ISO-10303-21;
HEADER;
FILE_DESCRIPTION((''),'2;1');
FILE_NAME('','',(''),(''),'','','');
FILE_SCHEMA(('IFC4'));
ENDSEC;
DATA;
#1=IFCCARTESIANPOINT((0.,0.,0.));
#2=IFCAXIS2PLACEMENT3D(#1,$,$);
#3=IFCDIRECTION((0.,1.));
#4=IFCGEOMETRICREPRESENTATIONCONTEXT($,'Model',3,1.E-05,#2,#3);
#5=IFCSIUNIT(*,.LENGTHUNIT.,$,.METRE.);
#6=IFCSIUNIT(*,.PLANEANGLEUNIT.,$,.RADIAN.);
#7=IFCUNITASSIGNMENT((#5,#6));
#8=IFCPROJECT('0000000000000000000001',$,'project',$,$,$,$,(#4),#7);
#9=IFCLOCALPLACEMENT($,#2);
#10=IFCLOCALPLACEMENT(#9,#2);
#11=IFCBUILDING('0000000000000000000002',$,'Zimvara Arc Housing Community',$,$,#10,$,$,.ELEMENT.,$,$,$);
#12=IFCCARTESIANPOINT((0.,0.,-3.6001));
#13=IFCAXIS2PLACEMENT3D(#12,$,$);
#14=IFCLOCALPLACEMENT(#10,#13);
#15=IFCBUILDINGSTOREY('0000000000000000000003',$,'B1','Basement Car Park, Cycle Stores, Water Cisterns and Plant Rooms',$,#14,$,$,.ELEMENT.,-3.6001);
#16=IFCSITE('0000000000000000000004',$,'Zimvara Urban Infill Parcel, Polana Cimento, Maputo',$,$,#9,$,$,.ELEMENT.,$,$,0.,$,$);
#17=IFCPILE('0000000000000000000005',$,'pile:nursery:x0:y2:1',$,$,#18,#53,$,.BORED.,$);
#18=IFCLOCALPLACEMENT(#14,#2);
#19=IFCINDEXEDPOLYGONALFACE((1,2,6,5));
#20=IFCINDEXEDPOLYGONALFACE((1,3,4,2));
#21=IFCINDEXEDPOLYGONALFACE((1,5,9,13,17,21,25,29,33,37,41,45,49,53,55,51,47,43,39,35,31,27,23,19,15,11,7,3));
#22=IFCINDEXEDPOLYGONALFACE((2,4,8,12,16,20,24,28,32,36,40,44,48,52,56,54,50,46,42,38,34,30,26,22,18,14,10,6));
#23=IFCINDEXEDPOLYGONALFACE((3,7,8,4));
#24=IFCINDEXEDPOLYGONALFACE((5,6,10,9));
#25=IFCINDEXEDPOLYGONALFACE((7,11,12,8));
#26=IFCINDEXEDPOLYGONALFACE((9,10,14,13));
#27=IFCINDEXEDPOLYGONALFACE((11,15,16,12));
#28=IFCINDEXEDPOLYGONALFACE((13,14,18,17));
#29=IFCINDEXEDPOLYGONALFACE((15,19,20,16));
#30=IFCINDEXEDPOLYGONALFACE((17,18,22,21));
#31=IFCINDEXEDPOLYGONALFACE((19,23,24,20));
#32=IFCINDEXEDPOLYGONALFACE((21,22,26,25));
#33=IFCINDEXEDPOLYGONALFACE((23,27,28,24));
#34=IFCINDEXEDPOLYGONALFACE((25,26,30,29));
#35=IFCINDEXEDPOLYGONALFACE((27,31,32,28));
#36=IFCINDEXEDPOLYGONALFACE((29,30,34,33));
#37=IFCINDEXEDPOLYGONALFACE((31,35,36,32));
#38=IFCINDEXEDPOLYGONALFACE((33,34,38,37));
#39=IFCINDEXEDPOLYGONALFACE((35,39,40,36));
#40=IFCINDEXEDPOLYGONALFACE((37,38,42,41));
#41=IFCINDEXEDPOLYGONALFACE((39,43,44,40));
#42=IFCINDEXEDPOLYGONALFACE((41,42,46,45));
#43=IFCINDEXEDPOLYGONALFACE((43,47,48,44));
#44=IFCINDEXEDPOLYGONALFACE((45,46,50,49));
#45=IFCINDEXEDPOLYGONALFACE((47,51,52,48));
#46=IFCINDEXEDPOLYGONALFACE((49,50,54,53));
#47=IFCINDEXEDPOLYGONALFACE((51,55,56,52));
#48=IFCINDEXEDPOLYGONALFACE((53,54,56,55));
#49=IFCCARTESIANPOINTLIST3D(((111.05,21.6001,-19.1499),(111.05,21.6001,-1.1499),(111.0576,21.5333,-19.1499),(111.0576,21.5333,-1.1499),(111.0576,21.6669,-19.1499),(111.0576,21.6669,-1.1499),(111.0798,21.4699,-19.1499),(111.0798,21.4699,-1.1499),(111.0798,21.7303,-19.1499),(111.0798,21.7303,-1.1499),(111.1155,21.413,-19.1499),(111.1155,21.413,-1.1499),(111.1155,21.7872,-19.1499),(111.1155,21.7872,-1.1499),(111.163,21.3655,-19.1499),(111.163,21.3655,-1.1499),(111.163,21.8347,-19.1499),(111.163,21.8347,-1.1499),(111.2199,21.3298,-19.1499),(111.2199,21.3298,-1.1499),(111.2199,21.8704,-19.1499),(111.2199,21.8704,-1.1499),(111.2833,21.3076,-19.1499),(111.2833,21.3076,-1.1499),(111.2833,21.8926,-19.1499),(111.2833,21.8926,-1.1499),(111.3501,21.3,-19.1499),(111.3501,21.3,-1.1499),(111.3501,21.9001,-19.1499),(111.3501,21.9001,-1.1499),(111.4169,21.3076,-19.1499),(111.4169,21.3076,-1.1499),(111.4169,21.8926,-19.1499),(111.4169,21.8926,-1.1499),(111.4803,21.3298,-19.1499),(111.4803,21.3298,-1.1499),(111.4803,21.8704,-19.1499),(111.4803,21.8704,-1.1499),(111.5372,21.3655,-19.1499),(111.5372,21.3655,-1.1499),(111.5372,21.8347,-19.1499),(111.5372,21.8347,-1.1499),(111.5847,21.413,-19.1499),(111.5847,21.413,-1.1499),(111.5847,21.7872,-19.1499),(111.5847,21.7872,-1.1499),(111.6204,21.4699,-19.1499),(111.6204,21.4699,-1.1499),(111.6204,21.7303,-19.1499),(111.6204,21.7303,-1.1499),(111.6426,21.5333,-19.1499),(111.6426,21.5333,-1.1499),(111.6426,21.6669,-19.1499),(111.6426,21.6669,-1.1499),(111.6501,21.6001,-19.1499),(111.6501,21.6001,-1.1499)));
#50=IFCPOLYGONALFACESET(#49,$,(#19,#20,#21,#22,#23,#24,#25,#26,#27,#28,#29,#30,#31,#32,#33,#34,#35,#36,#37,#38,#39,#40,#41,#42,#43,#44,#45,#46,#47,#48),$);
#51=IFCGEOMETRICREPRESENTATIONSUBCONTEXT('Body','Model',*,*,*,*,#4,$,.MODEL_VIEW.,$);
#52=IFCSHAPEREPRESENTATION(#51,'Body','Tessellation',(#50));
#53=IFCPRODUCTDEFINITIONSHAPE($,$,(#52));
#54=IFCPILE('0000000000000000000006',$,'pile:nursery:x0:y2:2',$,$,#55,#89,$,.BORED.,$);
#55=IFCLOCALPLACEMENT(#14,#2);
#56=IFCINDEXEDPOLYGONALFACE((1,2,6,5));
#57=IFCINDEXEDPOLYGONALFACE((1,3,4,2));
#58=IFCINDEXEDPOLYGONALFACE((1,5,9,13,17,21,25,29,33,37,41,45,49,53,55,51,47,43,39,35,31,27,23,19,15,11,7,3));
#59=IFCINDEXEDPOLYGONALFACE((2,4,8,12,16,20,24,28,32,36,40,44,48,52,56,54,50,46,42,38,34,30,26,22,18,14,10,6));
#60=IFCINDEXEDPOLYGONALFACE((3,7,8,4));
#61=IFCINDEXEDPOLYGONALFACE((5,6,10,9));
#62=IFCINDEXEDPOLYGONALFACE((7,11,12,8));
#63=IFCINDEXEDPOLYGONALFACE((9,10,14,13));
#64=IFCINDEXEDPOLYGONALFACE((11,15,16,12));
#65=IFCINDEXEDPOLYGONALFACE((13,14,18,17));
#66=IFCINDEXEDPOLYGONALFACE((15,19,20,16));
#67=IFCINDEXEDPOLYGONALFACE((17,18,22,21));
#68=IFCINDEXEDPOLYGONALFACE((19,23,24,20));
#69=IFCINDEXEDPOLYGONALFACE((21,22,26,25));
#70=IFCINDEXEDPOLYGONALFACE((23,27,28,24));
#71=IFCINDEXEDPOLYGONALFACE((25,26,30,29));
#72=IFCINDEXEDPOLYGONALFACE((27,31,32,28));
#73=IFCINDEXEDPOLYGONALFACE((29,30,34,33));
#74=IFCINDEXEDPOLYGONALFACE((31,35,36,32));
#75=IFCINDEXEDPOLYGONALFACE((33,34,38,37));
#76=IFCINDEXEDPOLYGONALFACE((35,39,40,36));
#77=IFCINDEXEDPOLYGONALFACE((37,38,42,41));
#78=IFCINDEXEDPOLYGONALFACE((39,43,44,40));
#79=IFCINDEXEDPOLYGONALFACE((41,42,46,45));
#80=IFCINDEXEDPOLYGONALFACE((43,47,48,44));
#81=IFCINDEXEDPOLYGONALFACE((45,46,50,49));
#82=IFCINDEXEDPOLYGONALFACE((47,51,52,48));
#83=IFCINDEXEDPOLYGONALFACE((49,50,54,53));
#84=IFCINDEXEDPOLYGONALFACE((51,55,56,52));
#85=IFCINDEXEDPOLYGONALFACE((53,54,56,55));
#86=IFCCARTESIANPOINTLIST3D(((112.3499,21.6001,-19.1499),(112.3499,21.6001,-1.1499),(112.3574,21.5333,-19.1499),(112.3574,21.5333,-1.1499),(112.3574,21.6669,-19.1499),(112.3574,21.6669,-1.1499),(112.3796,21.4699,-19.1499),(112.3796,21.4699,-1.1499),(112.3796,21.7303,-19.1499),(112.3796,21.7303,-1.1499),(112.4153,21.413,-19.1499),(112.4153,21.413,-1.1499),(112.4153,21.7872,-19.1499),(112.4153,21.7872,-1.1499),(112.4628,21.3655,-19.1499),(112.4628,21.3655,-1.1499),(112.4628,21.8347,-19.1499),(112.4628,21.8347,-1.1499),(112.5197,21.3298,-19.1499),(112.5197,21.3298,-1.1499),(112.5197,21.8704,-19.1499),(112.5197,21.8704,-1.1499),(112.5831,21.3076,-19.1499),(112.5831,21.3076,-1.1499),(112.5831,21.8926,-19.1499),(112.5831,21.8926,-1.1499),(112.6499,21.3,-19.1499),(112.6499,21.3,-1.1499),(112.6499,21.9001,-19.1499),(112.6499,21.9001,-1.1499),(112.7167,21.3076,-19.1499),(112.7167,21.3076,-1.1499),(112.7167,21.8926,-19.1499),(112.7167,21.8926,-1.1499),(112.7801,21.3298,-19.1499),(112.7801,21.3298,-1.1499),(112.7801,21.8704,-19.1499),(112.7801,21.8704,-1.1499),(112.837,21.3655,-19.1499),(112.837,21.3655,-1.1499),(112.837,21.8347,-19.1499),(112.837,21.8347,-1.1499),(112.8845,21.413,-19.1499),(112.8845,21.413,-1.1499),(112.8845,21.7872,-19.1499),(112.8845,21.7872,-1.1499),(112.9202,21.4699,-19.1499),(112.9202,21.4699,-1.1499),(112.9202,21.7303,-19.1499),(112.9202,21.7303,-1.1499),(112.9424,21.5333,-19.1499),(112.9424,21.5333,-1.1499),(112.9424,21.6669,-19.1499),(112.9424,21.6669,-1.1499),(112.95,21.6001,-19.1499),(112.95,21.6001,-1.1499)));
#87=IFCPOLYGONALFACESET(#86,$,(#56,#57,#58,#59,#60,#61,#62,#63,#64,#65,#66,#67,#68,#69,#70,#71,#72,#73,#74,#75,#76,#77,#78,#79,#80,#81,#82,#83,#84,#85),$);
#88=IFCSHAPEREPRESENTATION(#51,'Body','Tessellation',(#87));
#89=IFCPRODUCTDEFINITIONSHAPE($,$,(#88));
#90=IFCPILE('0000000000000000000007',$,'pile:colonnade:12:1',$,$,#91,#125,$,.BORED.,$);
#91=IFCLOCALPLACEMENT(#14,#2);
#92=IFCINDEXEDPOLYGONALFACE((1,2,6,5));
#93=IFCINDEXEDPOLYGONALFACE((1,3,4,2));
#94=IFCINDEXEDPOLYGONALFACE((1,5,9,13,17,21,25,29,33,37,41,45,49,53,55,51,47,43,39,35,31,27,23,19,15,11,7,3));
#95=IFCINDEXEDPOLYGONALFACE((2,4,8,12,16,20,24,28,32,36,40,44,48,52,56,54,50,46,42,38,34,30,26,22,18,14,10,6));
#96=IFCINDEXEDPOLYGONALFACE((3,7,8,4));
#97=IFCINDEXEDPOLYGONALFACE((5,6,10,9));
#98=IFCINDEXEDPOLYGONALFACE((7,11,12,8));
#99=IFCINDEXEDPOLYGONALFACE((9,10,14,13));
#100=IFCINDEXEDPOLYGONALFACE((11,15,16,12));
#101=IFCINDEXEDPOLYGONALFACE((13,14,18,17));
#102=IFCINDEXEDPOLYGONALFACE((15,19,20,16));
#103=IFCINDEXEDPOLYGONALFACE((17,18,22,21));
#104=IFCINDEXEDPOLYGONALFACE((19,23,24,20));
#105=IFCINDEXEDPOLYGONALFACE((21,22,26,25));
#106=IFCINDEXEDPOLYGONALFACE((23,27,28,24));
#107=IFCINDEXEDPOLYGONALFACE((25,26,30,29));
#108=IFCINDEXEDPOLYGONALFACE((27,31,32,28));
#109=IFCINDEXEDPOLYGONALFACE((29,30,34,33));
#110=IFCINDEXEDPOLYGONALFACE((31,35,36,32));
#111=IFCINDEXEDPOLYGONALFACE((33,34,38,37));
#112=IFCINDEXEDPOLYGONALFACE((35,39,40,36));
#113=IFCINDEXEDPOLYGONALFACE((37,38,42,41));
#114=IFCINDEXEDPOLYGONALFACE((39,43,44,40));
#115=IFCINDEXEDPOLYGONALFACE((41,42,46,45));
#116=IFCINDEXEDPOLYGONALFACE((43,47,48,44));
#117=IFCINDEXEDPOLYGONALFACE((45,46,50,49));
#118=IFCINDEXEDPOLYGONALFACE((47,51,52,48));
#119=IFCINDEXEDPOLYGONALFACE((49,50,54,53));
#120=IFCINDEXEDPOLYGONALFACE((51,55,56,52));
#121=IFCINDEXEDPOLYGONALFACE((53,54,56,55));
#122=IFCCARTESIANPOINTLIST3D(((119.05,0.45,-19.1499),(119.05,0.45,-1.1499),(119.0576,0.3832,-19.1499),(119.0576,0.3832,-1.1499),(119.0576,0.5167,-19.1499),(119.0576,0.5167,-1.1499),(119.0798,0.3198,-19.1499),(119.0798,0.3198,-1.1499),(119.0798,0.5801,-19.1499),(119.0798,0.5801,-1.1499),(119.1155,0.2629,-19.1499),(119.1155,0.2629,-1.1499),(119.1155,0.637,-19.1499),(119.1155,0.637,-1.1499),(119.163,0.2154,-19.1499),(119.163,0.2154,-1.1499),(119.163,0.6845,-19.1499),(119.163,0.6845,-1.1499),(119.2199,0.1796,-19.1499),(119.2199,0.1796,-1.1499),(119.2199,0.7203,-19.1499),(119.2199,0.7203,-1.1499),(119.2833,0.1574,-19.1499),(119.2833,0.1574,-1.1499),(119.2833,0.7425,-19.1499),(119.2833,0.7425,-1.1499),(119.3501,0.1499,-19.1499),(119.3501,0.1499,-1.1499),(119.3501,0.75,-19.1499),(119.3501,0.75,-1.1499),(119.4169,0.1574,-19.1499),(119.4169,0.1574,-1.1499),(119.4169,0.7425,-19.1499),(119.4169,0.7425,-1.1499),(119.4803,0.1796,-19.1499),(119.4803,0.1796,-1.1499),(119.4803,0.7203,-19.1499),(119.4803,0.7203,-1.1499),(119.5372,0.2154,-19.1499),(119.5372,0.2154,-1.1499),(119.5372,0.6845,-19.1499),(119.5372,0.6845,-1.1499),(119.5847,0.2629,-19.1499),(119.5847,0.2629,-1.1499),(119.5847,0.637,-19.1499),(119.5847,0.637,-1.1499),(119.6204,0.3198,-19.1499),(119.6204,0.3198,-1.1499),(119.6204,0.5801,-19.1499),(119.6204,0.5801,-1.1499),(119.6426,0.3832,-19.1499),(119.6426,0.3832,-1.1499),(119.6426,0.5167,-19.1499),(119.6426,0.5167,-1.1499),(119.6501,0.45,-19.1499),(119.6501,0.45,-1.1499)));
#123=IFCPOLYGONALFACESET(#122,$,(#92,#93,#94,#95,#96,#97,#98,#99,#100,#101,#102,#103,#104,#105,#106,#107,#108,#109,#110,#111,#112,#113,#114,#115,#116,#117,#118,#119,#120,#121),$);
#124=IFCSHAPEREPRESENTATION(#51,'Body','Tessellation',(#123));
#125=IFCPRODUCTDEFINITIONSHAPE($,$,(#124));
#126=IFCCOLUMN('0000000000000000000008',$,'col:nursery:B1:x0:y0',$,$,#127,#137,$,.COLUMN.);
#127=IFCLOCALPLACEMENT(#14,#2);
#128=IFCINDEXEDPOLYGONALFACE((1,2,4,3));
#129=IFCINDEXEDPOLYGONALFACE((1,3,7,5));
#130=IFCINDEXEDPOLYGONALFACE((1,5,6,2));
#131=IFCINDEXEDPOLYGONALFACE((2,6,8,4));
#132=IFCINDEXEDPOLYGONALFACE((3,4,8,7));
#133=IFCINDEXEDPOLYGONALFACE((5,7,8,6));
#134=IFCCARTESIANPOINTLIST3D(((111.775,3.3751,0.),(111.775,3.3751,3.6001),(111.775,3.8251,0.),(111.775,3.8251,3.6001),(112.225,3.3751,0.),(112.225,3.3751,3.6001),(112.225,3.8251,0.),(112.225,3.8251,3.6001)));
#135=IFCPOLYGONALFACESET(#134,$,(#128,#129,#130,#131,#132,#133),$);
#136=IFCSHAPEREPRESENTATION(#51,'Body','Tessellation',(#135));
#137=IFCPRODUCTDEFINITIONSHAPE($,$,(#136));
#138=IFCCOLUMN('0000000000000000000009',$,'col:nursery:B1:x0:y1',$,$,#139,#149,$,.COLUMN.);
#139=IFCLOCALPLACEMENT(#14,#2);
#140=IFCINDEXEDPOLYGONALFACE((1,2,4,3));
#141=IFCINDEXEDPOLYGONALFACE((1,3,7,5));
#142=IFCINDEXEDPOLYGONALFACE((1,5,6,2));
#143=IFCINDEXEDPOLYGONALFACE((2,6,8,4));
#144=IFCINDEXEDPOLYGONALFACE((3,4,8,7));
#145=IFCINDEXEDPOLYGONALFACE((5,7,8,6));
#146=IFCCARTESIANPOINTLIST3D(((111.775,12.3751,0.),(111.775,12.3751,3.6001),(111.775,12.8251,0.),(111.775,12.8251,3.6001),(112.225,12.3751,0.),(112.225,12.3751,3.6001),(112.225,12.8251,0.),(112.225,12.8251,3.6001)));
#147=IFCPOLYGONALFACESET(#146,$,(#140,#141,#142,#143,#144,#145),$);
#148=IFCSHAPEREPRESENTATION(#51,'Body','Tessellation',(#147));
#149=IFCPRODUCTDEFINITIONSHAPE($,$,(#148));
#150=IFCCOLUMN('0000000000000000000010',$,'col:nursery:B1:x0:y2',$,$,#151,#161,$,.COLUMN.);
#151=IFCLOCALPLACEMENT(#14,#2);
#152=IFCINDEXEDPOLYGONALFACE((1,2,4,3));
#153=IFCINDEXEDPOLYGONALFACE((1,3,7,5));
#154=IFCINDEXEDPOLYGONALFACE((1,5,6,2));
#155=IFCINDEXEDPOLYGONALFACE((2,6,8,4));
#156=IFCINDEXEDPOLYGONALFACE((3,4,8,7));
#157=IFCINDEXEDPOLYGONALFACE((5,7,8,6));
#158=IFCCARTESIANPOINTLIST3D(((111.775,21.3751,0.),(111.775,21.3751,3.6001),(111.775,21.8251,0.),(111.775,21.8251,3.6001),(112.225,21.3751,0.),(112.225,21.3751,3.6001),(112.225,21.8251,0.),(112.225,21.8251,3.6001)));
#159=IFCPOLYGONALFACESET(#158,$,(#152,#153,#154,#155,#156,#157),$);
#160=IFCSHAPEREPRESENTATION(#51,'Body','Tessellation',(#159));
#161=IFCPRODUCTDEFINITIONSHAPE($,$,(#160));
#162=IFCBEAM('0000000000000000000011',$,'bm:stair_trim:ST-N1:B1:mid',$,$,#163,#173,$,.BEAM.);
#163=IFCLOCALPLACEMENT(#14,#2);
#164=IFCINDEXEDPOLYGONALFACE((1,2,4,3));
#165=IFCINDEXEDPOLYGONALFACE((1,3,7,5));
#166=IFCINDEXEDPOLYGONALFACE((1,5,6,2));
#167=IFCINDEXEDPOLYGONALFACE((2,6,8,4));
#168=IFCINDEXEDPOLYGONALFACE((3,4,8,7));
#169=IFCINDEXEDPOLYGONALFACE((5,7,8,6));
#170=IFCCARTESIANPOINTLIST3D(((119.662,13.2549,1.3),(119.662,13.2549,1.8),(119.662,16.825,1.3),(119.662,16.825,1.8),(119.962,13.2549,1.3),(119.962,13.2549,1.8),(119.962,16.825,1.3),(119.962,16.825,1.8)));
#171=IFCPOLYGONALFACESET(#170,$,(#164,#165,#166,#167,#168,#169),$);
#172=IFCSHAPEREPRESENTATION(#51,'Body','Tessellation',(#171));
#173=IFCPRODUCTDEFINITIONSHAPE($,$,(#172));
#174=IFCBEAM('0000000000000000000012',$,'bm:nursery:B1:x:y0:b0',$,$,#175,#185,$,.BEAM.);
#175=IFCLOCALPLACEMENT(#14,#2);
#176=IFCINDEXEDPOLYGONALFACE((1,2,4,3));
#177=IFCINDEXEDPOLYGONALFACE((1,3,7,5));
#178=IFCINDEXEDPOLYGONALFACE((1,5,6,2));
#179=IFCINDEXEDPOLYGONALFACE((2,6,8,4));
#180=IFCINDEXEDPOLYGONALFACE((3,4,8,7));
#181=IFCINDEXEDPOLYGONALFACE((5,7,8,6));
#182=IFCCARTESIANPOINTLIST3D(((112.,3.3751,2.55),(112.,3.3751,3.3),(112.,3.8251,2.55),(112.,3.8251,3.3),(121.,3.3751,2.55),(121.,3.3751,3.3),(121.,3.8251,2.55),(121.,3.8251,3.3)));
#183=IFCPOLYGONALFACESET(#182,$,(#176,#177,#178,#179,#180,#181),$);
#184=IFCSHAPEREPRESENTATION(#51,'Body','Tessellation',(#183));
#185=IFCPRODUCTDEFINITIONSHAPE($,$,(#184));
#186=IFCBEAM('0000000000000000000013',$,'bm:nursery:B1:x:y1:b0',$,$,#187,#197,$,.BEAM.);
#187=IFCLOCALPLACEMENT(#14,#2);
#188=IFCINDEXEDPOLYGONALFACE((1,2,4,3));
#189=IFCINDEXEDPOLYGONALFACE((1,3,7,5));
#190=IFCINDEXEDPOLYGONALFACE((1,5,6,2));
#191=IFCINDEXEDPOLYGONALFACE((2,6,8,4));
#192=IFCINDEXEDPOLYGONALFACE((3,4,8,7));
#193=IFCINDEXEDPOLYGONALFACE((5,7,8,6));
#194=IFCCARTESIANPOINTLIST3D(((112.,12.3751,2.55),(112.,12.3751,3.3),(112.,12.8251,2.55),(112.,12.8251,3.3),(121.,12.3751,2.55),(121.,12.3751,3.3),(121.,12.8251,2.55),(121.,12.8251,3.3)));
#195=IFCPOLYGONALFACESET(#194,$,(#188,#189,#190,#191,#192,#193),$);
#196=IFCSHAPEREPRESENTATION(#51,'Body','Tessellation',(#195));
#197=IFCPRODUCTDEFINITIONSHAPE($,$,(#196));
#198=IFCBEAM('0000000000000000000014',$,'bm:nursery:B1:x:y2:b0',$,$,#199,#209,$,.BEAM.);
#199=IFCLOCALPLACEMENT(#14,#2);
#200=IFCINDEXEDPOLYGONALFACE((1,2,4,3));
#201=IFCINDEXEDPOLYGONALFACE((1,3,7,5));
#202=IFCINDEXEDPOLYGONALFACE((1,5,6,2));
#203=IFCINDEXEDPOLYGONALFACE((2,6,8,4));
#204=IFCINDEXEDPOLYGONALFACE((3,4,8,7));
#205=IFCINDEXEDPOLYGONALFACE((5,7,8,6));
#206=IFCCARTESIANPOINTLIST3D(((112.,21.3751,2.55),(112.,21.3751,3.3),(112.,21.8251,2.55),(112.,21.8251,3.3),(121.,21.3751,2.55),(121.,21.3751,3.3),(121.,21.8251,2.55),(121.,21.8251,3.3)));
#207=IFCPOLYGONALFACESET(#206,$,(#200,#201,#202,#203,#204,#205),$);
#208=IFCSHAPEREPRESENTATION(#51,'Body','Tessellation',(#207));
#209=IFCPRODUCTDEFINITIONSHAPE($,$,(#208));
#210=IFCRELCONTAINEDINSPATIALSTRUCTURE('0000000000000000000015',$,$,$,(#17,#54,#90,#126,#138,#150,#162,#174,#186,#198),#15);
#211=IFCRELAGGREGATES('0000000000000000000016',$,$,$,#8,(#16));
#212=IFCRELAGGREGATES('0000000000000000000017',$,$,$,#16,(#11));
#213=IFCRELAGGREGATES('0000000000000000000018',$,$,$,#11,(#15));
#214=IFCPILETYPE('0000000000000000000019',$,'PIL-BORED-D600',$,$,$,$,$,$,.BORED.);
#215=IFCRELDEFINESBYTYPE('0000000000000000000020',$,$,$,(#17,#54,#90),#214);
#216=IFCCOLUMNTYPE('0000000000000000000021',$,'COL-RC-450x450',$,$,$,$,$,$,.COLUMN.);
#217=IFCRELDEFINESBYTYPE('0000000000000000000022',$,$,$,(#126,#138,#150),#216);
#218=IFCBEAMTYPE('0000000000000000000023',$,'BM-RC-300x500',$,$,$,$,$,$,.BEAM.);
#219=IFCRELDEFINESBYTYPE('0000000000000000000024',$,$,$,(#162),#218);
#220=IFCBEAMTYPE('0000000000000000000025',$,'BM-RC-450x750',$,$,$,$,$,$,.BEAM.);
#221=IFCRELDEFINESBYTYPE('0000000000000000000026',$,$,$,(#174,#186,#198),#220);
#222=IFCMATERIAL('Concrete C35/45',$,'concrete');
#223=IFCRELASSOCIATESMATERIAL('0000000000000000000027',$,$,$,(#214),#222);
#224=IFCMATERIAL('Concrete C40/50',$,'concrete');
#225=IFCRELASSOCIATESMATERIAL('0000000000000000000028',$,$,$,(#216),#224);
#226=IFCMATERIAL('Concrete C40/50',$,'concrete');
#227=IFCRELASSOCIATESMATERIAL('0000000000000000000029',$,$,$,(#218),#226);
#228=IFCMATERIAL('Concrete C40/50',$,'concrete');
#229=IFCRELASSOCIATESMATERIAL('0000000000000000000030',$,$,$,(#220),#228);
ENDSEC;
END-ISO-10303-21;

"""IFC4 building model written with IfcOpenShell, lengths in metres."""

from ifc_helpers import new_model, si_unit, direction, frame, origin, origin_2d, place, context, subcontext, project, spatial, rectangle, circle, extrude, material, material_profile, profile_set, type_object, element, save


model = new_model("IFC4")

# Units and contexts
model_context = context("Model", 3, precision=1e-05, world=origin(), true_north=direction((0.0, 1.0)))
body_context = subcontext(model_context, "Body", "Model", "MODEL_VIEW")
ifc_project = project(units=[si_unit("LENGTHUNIT", "METRE"), si_unit("PLANEANGLEUNIT", "RADIAN")], contexts=[model_context])

# Site, building, storey
site_placement = place(None, origin())
site = spatial("IfcSite", under=ifc_project, at=site_placement, Name="Zimvara Urban Infill Parcel, Polana Cimento, Maputo", CompositionType="ELEMENT", RefElevation=0.0)
building_placement = place(site_placement, origin())
building = spatial("IfcBuilding", under=site, at=building_placement, Name="Zimvara Arc Housing Community", CompositionType="ELEMENT")
storey_placement = place(building_placement, frame((0.0, 0.0, -3.6001)))
storey = spatial("IfcBuildingStorey", under=building, at=storey_placement, Name="B1", Description="Basement Car Park, Cycle Stores, Water Cisterns and Plant Rooms", CompositionType="ELEMENT", Elevation=-3.6001)

# Piles
ifc_material_1 = material(Name="Concrete C35/45", Category="concrete")
ifc_material_profile_1 = material_profile(ifc_material_1, circle(Radius=0.3, at=origin_2d()), Name="PILE D600")
ifc_profile_set_1 = profile_set([ifc_material_profile_1], Name="Concrete C35/45")
pile_type = type_object("IfcPileType", Name="PIL-BORED-D600", PredefinedType="BORED", material=ifc_profile_set_1)
for number, where, z_axis, x_axis, name in (
    (1, (111.3501, 21.6001, -1.1499), (0.0, 0.0, -1.0), (1.0, 0.0, 0.0), "pile:nursery:x0:y2:1"),
    (2, (112.6499, 21.6001, -1.1499), (0.0, 0.0, -1.0), (1.0, 0.0, 0.0), "pile:nursery:x0:y2:2"),
    (3, (119.3501, 0.45, -1.1499), (0.0, 0.0, -1.0), (1.0, 0.0, 0.0), "pile:colonnade:12:1"),
):
    element("IfcPile", number, at=place(storey_placement, frame(where, z_axis=z_axis, x_axis=x_axis)), inside=storey, type_object=pile_type, Name=name, PredefinedType="BORED", context=body_context, shape_type="SweptSolid", body=[
        extrude(circle(Radius=0.3, at=origin_2d()), origin(), (0.0, 0.0, 1.0), 18.0),
    ])

# Columns
ifc_material_2 = material(Name="Concrete C40/50", Category="concrete")
ifc_material_profile_2 = material_profile(ifc_material_2, rectangle(XDim=0.45, YDim=0.45, at=origin_2d()), Name="RC 450x450")
ifc_profile_set_2 = profile_set([ifc_material_profile_2], Name="Concrete C40/50")
column_type = type_object("IfcColumnType", Name="COL-RC-450x450", PredefinedType="COLUMN", material=ifc_profile_set_2)
for number, where, z_axis, x_axis, name in (
    (4, (112.0, 3.6001, 0.0), (0.0, 0.0, 1.0), (1.0, 0.0, 0.0), "col:nursery:B1:x0:y0"),
    (5, (112.0, 12.6001, 0.0), (0.0, 0.0, 1.0), (1.0, 0.0, 0.0), "col:nursery:B1:x0:y1"),
    (6, (112.0, 21.6001, 0.0), (0.0, 0.0, 1.0), (1.0, 0.0, 0.0), "col:nursery:B1:x0:y2"),
):
    element("IfcColumn", number, at=place(storey_placement, frame(where, z_axis=z_axis, x_axis=x_axis)), inside=storey, type_object=column_type, Name=name, PredefinedType="COLUMN", context=body_context, shape_type="SweptSolid", body=[
        extrude(rectangle(XDim=0.45, YDim=0.45, at=origin_2d()), origin(), (0.0, 0.0, 1.0), 3.6001),
    ])

# Beams
ifc_material_3 = material(Name="Concrete C40/50", Category="concrete")
ifc_material_profile_3 = material_profile(ifc_material_3, rectangle(XDim=0.3, YDim=0.5, at=origin_2d()), Name="RC 300x500")
ifc_profile_set_3 = profile_set([ifc_material_profile_3], Name="Concrete C40/50")
beam_type_1 = type_object("IfcBeamType", Name="BM-RC-300x500", PredefinedType="BEAM", material=ifc_profile_set_3)
beam_placement = place(storey_placement, frame((119.812, 13.2549, 1.55), z_axis=(0.0, 1.0, 0.0), x_axis=(-1.0, 0.0, 0.0)))
element("IfcBeam", 7, at=beam_placement, inside=storey, type_object=beam_type_1, Name="bm:stair_trim:ST-N1:B1:mid", PredefinedType="BEAM", context=body_context, shape_type="SweptSolid", body=[
    extrude(rectangle(XDim=0.3, YDim=0.5, at=origin_2d()), origin(), (0.0, 0.0, 1.0), 3.5701),
])
ifc_material_4 = material(Name="Concrete C40/50", Category="concrete")
ifc_material_profile_4 = material_profile(ifc_material_4, rectangle(XDim=0.45, YDim=0.75, at=origin_2d()), Name="RC 450x750")
ifc_profile_set_4 = profile_set([ifc_material_profile_4], Name="Concrete C40/50")
beam_type_2 = type_object("IfcBeamType", Name="BM-RC-450x750", PredefinedType="BEAM", material=ifc_profile_set_4)
for number, where, z_axis, x_axis, name in (
    (8, (112.0, 3.6001, 2.925), (1.0, 0.0, 0.0), (0.0, 1.0, 0.0), "bm:nursery:B1:x:y0:b0"),
    (9, (112.0, 12.6001, 2.925), (1.0, 0.0, 0.0), (0.0, 1.0, 0.0), "bm:nursery:B1:x:y1:b0"),
    (10, (112.0, 21.6001, 2.925), (1.0, 0.0, 0.0), (0.0, 1.0, 0.0), "bm:nursery:B1:x:y2:b0"),
):
    element("IfcBeam", number, at=place(storey_placement, frame(where, z_axis=z_axis, x_axis=x_axis)), inside=storey, type_object=beam_type_2, Name=name, PredefinedType="BEAM", context=body_context, shape_type="SweptSolid", body=[
        extrude(rectangle(XDim=0.45, YDim=0.75, at=origin_2d()), origin(), (0.0, 0.0, 1.0), 9.0),
    ])

save(model, "model.ifc")
